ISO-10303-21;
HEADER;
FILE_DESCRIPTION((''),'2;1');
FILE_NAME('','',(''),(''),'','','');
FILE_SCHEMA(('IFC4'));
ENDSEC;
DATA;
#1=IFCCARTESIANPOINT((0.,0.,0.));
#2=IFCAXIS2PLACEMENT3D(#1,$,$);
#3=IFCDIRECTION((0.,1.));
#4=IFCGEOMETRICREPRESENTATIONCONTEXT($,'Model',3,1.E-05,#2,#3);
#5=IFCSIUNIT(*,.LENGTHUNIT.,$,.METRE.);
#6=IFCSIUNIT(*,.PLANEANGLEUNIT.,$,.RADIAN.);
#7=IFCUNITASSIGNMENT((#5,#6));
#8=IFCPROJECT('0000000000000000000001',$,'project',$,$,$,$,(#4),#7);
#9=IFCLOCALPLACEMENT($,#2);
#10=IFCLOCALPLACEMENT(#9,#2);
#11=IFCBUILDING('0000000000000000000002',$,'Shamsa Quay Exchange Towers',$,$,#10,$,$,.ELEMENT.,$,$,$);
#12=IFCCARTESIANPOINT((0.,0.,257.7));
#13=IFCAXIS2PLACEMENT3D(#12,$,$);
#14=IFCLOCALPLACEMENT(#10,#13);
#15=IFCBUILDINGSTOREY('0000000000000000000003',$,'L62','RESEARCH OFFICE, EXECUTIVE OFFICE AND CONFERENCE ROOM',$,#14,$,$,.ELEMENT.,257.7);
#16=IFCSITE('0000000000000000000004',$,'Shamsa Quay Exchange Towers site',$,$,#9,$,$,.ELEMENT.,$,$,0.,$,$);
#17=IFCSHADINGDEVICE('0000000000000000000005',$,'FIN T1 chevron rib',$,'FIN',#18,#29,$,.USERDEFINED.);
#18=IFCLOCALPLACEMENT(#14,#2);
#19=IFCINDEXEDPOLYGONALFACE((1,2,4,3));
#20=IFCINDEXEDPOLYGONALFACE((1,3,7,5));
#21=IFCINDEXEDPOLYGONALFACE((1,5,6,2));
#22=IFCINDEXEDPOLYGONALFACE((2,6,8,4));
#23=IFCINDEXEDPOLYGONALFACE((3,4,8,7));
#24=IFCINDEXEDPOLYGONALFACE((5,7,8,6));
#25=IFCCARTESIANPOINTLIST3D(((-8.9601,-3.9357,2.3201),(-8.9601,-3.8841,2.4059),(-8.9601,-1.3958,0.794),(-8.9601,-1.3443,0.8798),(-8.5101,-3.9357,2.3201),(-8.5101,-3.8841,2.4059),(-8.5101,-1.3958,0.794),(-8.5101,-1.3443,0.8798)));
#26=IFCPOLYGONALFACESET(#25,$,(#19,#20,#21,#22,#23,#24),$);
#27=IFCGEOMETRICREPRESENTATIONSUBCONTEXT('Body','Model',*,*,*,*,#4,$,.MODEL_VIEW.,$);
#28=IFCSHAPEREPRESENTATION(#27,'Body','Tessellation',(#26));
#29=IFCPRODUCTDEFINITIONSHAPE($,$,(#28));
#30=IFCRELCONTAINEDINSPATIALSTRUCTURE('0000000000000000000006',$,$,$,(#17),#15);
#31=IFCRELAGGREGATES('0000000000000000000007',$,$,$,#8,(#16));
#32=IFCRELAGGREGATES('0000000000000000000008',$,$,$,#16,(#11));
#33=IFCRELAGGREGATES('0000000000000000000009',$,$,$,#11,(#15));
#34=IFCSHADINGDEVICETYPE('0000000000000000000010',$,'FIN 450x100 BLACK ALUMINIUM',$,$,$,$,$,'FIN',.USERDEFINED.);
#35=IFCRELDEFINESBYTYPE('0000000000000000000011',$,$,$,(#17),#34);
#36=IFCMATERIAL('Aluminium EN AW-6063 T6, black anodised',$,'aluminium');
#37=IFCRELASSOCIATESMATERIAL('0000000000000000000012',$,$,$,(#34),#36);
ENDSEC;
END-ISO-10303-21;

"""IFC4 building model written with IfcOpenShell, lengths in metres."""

from ifc_helpers import new_model, si_unit, direction, frame, origin, origin_2d, place, context, subcontext, project, spatial, rectangle, extrude, material, material_profile, profile_set, type_object, element, save


model = new_model("IFC4")

# Units and contexts
model_context = context("Model", 3, precision=1e-05, world=origin(), true_north=direction((0.0, 1.0)))
body_context = subcontext(model_context, "Body", "Model", "MODEL_VIEW")
ifc_project = project(units=[si_unit("LENGTHUNIT", "METRE"), si_unit("PLANEANGLEUNIT", "RADIAN")], contexts=[model_context])

# Site, building, storey
site_placement = place(None, origin())
site = spatial("IfcSite", under=ifc_project, at=site_placement, Name="Shamsa Quay Exchange Towers site", CompositionType="ELEMENT", RefElevation=0.0)
building_placement = place(site_placement, origin())
building = spatial("IfcBuilding", under=site, at=building_placement, Name="Shamsa Quay Exchange Towers", CompositionType="ELEMENT")
storey_placement = place(building_placement, frame((0.0, 0.0, 257.7)))
storey = spatial("IfcBuildingStorey", under=building, at=storey_placement, Name="L62", Description="RESEARCH OFFICE, EXECUTIVE OFFICE AND CONFERENCE ROOM", CompositionType="ELEMENT", Elevation=257.7)

# Shared definitions
ifc_material_1 = material(Name="Aluminium EN AW-6063 T6, black anodised", Category="aluminium")

# Shading device
ifc_material_profile_1 = material_profile(ifc_material_1, rectangle(XDim=0.45, YDim=0.1001, at=origin_2d()), Name="FIN450x100")
ifc_profile_set_1 = profile_set([ifc_material_profile_1], Name="Aluminium EN AW-6063 T6, black anodised")
shading_device_type = type_object("IfcShadingDeviceType", Name="FIN 450x100 BLACK ALUMINIUM", ElementType="FIN", PredefinedType="USERDEFINED", material=ifc_profile_set_1)
shading_device_1_placement = place(storey_placement, frame((-8.7351, -3.9099, 2.363), z_axis=(0.0, 0.857158, -0.515053), x_axis=(-1.0, 0.0, 0.0)))
element("IfcShadingDevice", 1, at=shading_device_1_placement, inside=storey, type_object=shading_device_type, Name="FIN T1 chevron rib", ObjectType="FIN", PredefinedType="USERDEFINED", context=body_context, shape_type="SweptSolid", body=[
    extrude(rectangle(XDim=0.45, YDim=0.1001, at=origin_2d()), origin(), (0.0, 0.0, 1.0), 2.9631),
])

save(model, "model.ifc")
